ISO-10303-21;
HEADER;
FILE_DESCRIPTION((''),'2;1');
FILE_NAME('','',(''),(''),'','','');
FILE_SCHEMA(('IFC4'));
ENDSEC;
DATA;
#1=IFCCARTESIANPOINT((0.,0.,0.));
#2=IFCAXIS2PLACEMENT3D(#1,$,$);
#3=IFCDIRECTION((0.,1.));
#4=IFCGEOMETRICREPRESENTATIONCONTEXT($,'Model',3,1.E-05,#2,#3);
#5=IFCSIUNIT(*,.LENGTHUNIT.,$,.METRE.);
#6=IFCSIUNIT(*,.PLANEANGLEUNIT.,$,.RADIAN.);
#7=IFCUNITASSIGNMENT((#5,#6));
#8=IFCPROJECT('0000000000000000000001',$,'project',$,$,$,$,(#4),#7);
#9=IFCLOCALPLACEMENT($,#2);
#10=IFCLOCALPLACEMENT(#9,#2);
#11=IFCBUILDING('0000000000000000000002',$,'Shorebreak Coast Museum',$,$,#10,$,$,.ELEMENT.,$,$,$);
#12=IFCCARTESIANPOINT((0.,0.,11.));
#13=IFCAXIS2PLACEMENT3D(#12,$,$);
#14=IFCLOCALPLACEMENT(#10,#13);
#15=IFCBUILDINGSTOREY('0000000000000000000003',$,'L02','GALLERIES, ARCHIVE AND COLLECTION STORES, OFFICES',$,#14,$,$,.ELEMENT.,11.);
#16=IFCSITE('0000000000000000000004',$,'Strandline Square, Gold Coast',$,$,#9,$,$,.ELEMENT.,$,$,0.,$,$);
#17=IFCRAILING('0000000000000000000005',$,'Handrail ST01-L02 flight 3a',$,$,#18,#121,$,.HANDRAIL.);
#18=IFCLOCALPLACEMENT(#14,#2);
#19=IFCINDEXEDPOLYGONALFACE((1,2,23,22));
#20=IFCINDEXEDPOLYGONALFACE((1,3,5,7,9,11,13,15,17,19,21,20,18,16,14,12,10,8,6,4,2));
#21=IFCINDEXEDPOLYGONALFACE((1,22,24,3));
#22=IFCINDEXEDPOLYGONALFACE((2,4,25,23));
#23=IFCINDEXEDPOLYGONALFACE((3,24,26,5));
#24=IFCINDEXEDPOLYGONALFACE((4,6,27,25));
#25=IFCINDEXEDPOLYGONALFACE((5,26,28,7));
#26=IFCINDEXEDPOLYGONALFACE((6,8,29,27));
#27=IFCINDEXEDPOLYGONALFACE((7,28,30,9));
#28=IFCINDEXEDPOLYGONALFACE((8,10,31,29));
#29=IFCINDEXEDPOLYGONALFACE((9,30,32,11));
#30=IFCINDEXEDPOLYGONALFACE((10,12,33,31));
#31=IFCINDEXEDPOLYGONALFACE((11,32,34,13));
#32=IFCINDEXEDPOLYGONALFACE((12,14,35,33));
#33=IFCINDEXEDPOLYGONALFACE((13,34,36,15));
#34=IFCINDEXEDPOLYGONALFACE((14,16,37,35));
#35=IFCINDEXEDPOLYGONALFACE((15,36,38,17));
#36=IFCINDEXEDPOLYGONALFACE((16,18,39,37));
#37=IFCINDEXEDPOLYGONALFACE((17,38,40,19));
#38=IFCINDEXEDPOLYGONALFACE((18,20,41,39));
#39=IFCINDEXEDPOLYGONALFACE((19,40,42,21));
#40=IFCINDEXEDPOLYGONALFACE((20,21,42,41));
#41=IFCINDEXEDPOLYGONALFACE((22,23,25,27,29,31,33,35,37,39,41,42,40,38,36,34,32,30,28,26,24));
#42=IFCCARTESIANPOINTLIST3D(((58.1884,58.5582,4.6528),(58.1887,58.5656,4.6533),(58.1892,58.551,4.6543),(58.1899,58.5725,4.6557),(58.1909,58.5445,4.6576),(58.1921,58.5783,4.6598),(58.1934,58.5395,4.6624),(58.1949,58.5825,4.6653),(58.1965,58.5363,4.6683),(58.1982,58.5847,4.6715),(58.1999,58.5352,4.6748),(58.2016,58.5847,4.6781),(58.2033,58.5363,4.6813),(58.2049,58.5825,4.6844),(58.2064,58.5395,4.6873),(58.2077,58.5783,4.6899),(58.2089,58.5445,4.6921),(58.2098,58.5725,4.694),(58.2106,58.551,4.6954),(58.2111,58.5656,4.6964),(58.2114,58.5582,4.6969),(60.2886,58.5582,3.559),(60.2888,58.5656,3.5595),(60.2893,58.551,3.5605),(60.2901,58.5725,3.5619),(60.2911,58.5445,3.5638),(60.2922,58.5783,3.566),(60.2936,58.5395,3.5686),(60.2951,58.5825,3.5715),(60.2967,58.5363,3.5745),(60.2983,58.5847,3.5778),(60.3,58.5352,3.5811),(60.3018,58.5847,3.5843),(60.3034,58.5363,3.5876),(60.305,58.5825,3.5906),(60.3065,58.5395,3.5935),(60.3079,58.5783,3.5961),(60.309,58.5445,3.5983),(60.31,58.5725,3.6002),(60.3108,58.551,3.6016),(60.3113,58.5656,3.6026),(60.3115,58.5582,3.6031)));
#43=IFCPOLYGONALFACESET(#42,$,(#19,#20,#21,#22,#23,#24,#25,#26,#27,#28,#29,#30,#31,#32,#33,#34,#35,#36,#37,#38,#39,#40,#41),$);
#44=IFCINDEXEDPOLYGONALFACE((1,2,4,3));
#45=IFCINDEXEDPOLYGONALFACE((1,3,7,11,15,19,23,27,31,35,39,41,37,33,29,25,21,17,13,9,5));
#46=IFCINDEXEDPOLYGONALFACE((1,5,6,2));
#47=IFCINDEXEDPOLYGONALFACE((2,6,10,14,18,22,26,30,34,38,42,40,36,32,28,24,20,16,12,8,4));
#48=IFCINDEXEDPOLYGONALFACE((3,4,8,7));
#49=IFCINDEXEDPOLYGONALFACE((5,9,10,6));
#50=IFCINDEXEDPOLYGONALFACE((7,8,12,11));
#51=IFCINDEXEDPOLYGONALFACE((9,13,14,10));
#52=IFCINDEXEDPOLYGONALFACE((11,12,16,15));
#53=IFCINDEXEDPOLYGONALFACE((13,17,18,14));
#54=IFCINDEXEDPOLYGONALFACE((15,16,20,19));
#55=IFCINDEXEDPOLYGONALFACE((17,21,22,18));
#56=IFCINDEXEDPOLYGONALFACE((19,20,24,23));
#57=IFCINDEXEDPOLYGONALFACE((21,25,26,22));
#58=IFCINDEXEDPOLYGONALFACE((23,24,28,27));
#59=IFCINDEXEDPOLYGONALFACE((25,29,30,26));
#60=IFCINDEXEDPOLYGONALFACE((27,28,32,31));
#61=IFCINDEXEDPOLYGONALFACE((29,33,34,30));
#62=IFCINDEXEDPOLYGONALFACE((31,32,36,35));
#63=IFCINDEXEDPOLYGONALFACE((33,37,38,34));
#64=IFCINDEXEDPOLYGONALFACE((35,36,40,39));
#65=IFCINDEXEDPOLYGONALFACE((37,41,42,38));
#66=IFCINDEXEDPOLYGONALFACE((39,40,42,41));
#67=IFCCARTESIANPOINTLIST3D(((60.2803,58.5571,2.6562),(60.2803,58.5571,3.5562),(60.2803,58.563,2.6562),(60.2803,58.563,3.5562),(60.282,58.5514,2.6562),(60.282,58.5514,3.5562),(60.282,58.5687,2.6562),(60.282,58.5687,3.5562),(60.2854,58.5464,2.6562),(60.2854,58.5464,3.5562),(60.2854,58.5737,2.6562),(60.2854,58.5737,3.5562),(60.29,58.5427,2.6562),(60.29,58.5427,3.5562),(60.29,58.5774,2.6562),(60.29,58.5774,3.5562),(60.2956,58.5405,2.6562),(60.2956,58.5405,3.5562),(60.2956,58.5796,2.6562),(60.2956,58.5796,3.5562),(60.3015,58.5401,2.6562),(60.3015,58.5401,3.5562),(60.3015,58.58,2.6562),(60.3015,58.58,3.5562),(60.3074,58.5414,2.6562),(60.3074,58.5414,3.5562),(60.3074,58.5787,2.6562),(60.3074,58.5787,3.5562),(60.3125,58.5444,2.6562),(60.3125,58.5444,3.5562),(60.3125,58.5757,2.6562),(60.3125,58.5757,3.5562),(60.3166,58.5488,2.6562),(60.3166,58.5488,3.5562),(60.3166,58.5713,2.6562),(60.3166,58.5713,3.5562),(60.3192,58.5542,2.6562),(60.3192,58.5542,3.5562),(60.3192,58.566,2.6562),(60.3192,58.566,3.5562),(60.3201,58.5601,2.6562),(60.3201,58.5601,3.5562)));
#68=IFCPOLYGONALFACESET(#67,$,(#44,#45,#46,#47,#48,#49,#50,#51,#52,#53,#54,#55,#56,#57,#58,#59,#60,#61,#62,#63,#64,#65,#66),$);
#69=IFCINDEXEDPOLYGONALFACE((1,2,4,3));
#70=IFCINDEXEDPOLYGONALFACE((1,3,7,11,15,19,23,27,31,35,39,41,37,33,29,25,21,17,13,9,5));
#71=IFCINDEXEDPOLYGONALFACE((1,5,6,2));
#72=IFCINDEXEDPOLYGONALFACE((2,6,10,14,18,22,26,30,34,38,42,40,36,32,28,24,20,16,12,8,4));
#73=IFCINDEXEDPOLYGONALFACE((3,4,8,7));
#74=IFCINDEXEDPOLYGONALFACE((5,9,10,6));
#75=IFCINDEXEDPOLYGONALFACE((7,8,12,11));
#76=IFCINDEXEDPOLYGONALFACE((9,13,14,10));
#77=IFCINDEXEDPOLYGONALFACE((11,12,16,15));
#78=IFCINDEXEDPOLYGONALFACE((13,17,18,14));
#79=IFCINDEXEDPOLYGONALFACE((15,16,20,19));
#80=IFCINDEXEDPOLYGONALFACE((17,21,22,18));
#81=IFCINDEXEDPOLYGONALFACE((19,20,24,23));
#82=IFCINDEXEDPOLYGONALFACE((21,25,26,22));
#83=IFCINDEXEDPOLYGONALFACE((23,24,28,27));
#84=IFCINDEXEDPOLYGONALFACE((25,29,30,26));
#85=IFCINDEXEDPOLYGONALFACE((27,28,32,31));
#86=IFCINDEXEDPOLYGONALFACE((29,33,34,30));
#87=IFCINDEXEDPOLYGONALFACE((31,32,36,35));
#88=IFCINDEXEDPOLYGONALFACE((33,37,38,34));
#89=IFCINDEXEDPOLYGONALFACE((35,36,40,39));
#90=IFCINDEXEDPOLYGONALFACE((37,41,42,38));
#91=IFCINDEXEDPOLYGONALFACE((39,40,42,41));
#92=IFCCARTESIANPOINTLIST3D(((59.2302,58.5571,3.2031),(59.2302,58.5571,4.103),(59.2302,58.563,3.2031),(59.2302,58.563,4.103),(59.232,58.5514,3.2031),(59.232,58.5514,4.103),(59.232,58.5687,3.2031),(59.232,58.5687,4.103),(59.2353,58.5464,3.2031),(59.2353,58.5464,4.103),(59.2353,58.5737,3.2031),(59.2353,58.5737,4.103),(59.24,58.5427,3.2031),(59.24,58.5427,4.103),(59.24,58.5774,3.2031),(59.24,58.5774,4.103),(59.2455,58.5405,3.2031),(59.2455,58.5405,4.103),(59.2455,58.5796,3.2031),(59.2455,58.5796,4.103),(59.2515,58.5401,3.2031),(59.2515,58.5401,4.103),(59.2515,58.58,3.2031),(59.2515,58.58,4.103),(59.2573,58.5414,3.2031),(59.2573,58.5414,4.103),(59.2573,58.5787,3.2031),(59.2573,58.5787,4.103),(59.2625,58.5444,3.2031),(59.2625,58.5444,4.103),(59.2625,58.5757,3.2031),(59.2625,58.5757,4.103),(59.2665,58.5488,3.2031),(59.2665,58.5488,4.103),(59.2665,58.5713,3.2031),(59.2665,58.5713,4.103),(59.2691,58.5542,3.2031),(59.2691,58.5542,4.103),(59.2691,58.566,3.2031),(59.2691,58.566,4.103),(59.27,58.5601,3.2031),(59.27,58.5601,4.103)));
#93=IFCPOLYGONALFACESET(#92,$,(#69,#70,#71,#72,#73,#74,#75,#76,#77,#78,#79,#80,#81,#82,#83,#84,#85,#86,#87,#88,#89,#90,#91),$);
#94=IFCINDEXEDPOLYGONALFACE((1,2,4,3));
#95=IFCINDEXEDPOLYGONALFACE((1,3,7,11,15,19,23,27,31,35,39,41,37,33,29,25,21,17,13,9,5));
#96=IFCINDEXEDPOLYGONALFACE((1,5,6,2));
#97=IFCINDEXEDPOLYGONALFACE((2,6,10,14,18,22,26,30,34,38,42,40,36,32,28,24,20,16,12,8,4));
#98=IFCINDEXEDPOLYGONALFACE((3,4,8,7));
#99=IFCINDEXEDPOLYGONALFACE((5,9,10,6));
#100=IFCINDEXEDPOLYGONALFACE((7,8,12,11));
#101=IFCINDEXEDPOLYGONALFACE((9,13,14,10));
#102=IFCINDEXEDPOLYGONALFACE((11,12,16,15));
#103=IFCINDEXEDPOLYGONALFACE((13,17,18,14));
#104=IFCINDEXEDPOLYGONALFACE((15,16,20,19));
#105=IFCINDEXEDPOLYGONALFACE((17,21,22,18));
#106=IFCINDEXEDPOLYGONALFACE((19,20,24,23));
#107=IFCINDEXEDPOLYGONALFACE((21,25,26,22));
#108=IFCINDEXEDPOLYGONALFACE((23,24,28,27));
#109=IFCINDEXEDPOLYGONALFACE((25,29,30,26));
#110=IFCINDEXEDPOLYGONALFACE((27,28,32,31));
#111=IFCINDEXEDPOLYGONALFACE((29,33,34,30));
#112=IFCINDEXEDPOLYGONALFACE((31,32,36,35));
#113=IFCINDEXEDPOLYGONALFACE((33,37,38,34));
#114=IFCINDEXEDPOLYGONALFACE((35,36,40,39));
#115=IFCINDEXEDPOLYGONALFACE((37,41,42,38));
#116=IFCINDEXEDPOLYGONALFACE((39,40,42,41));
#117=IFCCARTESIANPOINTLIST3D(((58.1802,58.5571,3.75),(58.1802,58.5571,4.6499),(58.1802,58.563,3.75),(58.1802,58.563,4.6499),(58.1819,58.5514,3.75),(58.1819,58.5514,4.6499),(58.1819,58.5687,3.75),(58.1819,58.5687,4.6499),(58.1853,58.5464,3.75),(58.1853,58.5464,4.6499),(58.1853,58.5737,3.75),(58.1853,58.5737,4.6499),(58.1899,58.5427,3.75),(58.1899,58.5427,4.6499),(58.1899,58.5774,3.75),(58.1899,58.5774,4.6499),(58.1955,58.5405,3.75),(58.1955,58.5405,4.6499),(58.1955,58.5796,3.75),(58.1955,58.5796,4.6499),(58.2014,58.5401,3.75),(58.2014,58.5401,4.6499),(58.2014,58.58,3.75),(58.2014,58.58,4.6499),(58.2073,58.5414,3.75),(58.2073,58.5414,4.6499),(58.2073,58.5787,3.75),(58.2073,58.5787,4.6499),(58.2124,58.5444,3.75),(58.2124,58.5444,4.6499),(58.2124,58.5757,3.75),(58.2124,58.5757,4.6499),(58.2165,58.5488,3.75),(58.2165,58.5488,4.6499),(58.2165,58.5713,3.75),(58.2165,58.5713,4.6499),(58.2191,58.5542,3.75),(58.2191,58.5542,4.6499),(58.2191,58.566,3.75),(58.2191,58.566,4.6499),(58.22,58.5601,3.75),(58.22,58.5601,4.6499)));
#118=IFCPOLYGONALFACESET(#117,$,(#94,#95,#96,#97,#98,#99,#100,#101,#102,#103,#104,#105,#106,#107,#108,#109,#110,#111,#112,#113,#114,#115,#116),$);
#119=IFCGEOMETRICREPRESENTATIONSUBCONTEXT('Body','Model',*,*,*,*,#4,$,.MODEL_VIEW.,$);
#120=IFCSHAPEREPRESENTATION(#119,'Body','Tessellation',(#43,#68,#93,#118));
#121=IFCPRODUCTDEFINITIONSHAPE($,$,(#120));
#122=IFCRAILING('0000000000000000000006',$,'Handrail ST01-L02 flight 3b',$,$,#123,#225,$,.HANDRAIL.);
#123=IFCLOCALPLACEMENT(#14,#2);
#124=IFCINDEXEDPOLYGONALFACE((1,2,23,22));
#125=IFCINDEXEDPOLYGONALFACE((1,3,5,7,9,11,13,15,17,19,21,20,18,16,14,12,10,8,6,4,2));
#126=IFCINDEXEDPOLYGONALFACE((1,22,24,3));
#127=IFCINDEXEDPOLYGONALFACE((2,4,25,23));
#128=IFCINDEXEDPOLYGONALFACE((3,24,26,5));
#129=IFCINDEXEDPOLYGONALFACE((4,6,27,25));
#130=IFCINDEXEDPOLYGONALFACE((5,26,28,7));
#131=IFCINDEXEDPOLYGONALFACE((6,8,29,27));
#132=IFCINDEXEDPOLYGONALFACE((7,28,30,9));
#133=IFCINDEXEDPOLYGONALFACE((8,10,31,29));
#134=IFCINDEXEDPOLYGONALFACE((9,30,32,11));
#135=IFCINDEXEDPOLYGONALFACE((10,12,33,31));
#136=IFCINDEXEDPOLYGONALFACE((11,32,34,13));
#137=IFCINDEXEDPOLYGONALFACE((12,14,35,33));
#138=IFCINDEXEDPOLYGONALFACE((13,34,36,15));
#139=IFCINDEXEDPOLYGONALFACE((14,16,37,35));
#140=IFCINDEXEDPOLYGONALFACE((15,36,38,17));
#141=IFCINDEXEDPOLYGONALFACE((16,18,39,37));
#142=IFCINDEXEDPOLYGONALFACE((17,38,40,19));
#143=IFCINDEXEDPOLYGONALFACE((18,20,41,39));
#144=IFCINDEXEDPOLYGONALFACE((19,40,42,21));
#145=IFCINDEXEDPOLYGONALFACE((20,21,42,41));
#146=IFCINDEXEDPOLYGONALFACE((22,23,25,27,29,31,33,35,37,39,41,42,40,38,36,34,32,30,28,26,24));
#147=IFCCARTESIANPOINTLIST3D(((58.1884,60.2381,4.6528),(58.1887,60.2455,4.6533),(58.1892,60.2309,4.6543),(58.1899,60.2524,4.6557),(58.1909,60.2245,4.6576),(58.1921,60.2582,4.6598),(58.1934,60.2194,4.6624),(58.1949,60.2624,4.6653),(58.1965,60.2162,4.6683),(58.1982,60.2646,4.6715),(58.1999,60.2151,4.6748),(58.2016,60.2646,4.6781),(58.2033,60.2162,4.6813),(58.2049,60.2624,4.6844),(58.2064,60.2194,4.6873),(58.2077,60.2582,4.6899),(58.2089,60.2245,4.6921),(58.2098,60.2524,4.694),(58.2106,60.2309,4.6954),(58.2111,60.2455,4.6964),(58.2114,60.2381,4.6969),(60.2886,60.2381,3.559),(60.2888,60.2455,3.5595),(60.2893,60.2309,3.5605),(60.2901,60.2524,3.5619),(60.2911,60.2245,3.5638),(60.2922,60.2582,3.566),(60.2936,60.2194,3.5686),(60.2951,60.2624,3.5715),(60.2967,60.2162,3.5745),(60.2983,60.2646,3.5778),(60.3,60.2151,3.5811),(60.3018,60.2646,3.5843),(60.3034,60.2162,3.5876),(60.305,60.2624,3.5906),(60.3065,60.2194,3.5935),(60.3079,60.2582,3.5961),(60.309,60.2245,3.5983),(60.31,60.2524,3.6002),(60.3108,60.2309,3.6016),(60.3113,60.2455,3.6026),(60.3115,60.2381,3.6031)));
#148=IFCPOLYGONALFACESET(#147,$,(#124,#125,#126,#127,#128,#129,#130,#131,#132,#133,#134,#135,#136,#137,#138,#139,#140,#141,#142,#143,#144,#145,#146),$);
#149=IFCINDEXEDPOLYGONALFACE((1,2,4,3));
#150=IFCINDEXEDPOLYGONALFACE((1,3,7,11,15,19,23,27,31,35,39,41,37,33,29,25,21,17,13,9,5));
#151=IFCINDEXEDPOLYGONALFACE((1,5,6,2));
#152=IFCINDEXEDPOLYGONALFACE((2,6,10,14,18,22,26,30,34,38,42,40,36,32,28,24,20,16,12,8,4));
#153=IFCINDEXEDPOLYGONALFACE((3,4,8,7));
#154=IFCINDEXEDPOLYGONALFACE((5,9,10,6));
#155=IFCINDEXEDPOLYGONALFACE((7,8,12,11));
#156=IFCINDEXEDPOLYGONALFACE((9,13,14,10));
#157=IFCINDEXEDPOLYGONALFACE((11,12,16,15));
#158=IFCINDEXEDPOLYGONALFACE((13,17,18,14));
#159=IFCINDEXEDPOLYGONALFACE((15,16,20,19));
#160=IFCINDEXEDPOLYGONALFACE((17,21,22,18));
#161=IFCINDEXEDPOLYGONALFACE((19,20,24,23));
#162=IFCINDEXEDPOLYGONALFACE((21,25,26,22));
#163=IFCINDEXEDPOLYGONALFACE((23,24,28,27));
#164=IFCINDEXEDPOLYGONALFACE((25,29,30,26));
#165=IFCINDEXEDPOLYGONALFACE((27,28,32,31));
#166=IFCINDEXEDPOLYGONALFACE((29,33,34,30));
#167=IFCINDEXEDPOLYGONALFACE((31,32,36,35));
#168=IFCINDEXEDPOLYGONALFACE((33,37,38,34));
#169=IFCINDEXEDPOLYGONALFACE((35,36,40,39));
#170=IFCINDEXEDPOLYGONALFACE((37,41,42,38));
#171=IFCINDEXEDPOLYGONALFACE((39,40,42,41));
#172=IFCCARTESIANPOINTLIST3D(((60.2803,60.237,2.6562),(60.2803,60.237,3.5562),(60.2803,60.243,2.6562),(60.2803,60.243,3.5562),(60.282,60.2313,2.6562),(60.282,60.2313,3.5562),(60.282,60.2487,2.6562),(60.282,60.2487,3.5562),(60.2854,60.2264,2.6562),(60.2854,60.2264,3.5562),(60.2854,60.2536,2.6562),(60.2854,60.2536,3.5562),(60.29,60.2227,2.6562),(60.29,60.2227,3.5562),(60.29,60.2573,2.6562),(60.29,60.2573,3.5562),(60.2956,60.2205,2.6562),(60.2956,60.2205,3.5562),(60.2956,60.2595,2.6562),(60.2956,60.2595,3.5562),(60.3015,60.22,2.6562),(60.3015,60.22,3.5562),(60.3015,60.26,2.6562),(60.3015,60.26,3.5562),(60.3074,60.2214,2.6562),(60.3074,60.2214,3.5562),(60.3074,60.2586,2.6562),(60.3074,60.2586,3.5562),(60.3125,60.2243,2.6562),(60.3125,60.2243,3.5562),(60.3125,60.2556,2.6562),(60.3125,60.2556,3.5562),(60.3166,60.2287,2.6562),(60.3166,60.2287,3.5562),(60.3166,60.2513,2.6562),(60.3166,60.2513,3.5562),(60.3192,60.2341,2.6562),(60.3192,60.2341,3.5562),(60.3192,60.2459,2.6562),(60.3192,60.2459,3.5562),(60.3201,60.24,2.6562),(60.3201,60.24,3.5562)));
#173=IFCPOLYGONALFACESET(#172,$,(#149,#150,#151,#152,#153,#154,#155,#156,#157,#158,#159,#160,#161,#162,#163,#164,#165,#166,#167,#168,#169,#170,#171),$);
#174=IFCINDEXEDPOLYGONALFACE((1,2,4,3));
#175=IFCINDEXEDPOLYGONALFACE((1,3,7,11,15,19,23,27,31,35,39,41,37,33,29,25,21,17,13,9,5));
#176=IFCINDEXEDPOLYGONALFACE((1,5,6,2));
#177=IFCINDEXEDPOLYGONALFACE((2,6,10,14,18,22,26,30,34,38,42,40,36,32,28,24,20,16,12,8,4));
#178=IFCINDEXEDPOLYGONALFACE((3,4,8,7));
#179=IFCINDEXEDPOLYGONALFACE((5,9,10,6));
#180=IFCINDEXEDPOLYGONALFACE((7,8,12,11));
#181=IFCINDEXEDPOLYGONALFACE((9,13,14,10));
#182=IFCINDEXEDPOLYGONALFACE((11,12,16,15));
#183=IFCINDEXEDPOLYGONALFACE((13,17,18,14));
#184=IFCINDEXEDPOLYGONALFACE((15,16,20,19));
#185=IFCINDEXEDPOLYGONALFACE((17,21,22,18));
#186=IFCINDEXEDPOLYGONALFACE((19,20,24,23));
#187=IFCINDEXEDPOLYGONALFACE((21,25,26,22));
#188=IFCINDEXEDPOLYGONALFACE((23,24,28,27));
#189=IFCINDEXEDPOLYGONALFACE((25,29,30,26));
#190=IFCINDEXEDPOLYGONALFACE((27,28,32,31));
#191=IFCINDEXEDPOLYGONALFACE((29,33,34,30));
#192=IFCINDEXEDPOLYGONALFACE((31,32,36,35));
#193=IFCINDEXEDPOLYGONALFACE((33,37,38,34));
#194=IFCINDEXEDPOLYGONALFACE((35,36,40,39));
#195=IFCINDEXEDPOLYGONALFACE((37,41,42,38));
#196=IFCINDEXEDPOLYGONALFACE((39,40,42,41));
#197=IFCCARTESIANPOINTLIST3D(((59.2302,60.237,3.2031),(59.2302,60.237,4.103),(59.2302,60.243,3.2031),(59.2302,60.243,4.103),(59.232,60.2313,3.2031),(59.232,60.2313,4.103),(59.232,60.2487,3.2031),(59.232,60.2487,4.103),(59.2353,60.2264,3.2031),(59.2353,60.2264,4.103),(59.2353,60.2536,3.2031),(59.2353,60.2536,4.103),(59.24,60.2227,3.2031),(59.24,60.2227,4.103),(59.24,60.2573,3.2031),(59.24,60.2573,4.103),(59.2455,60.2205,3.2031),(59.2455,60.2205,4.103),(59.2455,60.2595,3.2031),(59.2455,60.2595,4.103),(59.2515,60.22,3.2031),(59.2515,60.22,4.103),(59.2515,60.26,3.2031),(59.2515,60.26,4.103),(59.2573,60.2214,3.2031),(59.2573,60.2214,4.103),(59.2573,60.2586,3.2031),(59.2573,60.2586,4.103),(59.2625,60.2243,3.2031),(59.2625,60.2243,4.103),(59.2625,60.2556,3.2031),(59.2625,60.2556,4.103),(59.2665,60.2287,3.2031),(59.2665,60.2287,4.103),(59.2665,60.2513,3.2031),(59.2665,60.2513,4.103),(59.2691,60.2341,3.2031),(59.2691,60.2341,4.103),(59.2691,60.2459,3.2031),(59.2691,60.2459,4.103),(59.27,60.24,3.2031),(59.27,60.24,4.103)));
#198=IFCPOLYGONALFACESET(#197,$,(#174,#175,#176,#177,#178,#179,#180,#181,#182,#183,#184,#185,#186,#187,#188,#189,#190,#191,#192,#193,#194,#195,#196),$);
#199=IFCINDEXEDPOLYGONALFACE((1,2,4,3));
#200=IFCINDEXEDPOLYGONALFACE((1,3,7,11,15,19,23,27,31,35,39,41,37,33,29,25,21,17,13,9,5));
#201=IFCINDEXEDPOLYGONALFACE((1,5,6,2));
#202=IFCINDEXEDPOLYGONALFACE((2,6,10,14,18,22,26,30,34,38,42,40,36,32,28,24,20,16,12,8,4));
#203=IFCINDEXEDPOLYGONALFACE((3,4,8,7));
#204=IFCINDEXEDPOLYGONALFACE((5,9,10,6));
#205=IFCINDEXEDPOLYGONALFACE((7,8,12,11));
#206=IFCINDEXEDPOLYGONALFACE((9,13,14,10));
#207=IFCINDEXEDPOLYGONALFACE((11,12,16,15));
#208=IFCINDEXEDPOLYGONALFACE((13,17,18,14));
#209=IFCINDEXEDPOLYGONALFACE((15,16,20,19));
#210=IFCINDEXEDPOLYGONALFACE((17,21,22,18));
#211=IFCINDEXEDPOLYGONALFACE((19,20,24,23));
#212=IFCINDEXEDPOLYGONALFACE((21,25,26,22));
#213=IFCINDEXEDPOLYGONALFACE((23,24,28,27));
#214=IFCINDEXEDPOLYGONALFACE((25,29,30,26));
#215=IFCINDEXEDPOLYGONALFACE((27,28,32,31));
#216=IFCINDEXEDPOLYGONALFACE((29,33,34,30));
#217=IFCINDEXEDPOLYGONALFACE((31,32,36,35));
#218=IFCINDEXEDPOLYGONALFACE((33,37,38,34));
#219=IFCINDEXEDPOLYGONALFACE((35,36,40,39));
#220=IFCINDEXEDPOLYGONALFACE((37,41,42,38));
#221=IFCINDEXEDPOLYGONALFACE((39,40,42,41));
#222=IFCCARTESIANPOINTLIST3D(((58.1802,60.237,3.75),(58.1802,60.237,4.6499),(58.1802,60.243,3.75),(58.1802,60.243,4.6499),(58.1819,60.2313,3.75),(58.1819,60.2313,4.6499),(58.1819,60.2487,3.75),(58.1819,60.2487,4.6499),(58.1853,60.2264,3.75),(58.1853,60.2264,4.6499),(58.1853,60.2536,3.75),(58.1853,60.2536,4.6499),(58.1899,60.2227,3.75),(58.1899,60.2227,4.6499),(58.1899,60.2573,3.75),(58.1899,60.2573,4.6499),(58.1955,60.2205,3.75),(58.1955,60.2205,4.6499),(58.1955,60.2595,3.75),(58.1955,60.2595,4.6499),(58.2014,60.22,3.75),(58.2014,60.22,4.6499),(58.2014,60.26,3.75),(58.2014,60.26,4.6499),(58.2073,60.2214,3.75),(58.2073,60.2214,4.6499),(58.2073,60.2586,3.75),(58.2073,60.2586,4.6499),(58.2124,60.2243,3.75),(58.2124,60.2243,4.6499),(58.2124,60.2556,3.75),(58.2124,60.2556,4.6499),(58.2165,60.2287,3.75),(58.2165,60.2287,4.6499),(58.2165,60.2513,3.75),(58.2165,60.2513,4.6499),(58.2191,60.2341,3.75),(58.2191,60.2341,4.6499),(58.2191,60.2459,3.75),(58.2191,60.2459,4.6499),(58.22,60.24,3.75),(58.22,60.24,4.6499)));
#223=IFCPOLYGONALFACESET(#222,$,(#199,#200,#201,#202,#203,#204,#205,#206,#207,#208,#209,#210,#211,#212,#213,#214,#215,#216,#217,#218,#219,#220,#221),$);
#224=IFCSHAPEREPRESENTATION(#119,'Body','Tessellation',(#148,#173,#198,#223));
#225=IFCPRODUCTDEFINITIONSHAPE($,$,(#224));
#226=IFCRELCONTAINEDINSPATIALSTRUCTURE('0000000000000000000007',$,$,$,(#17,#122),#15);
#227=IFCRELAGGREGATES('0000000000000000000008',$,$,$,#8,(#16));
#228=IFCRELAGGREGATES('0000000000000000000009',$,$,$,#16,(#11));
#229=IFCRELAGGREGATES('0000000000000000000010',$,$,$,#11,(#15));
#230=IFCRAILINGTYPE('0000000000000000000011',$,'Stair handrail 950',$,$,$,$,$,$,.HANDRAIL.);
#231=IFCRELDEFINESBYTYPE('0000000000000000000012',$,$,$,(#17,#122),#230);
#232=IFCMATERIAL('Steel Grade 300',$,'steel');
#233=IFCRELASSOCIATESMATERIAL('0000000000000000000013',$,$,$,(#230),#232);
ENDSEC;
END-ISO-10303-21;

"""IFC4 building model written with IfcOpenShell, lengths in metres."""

from ifc_helpers import new_model, si_unit, direction, frame, origin, origin_2d, place, context, subcontext, project, spatial, circle, extrude, material, type_object, element, save


model = new_model("IFC4")

# Units and contexts
model_context = context("Model", 3, precision=1e-05, world=origin(), true_north=direction((0.0, 1.0)))
body_context = subcontext(model_context, "Body", "Model", "MODEL_VIEW")
ifc_project = project(units=[si_unit("LENGTHUNIT", "METRE"), si_unit("PLANEANGLEUNIT", "RADIAN")], contexts=[model_context])

# Site, building, storey
site_placement = place(None, origin())
site = spatial("IfcSite", under=ifc_project, at=site_placement, Name="Strandline Square, Gold Coast", CompositionType="ELEMENT", RefElevation=0.0)
building_placement = place(site_placement, origin())
building = spatial("IfcBuilding", under=site, at=building_placement, Name="Shorebreak Coast Museum", CompositionType="ELEMENT")
storey_placement = place(building_placement, frame((0.0, 0.0, 11.0)))
storey = spatial("IfcBuildingStorey", under=building, at=storey_placement, Name="L02", Description="GALLERIES, ARCHIVE AND COLLECTION STORES, OFFICES", CompositionType="ELEMENT", Elevation=11.0)

# Railings
ifc_material_1 = material(Name="Steel Grade 300", Category="steel")
railing_type_1 = type_object("IfcRailingType", Name="Stair handrail 950", PredefinedType="HANDRAIL", material=ifc_material_1)
for number, where, name in (
    (1, (60.3, 58.5601, 2.6562), "Handrail ST01-L02 flight 3a"),
    (2, (60.3, 60.24, 2.6562), "Handrail ST01-L02 flight 3b"),
):
    element("IfcRailing", number, at=place(storey_placement, frame(where)), inside=storey, type_object=railing_type_1, Name=name, PredefinedType="HANDRAIL", context=body_context, shape_type="SweptSolid", body=[
        extrude(circle(Radius=0.0249, at=origin_2d()), frame((0.0, 0.0, 0.9248), z_axis=(-0.886923, 0.0, 0.461918), x_axis=(0.0, -1.0, 0.0)), (0.0, 0.0, 1.0), 2.3679),
        extrude(circle(Radius=0.02, at=origin_2d()), origin(), (0.0, 0.0, 1.0), 0.8999),
        extrude(circle(Radius=0.02, at=origin_2d()), frame((-1.05, 0.0, 0.5469)), (0.0, 0.0, 1.0), 0.8999),
        extrude(circle(Radius=0.02, at=origin_2d()), frame((-2.1001, 0.0, 1.0938)), (0.0, 0.0, 1.0), 0.8999),
    ])

save(model, "model.ifc")
